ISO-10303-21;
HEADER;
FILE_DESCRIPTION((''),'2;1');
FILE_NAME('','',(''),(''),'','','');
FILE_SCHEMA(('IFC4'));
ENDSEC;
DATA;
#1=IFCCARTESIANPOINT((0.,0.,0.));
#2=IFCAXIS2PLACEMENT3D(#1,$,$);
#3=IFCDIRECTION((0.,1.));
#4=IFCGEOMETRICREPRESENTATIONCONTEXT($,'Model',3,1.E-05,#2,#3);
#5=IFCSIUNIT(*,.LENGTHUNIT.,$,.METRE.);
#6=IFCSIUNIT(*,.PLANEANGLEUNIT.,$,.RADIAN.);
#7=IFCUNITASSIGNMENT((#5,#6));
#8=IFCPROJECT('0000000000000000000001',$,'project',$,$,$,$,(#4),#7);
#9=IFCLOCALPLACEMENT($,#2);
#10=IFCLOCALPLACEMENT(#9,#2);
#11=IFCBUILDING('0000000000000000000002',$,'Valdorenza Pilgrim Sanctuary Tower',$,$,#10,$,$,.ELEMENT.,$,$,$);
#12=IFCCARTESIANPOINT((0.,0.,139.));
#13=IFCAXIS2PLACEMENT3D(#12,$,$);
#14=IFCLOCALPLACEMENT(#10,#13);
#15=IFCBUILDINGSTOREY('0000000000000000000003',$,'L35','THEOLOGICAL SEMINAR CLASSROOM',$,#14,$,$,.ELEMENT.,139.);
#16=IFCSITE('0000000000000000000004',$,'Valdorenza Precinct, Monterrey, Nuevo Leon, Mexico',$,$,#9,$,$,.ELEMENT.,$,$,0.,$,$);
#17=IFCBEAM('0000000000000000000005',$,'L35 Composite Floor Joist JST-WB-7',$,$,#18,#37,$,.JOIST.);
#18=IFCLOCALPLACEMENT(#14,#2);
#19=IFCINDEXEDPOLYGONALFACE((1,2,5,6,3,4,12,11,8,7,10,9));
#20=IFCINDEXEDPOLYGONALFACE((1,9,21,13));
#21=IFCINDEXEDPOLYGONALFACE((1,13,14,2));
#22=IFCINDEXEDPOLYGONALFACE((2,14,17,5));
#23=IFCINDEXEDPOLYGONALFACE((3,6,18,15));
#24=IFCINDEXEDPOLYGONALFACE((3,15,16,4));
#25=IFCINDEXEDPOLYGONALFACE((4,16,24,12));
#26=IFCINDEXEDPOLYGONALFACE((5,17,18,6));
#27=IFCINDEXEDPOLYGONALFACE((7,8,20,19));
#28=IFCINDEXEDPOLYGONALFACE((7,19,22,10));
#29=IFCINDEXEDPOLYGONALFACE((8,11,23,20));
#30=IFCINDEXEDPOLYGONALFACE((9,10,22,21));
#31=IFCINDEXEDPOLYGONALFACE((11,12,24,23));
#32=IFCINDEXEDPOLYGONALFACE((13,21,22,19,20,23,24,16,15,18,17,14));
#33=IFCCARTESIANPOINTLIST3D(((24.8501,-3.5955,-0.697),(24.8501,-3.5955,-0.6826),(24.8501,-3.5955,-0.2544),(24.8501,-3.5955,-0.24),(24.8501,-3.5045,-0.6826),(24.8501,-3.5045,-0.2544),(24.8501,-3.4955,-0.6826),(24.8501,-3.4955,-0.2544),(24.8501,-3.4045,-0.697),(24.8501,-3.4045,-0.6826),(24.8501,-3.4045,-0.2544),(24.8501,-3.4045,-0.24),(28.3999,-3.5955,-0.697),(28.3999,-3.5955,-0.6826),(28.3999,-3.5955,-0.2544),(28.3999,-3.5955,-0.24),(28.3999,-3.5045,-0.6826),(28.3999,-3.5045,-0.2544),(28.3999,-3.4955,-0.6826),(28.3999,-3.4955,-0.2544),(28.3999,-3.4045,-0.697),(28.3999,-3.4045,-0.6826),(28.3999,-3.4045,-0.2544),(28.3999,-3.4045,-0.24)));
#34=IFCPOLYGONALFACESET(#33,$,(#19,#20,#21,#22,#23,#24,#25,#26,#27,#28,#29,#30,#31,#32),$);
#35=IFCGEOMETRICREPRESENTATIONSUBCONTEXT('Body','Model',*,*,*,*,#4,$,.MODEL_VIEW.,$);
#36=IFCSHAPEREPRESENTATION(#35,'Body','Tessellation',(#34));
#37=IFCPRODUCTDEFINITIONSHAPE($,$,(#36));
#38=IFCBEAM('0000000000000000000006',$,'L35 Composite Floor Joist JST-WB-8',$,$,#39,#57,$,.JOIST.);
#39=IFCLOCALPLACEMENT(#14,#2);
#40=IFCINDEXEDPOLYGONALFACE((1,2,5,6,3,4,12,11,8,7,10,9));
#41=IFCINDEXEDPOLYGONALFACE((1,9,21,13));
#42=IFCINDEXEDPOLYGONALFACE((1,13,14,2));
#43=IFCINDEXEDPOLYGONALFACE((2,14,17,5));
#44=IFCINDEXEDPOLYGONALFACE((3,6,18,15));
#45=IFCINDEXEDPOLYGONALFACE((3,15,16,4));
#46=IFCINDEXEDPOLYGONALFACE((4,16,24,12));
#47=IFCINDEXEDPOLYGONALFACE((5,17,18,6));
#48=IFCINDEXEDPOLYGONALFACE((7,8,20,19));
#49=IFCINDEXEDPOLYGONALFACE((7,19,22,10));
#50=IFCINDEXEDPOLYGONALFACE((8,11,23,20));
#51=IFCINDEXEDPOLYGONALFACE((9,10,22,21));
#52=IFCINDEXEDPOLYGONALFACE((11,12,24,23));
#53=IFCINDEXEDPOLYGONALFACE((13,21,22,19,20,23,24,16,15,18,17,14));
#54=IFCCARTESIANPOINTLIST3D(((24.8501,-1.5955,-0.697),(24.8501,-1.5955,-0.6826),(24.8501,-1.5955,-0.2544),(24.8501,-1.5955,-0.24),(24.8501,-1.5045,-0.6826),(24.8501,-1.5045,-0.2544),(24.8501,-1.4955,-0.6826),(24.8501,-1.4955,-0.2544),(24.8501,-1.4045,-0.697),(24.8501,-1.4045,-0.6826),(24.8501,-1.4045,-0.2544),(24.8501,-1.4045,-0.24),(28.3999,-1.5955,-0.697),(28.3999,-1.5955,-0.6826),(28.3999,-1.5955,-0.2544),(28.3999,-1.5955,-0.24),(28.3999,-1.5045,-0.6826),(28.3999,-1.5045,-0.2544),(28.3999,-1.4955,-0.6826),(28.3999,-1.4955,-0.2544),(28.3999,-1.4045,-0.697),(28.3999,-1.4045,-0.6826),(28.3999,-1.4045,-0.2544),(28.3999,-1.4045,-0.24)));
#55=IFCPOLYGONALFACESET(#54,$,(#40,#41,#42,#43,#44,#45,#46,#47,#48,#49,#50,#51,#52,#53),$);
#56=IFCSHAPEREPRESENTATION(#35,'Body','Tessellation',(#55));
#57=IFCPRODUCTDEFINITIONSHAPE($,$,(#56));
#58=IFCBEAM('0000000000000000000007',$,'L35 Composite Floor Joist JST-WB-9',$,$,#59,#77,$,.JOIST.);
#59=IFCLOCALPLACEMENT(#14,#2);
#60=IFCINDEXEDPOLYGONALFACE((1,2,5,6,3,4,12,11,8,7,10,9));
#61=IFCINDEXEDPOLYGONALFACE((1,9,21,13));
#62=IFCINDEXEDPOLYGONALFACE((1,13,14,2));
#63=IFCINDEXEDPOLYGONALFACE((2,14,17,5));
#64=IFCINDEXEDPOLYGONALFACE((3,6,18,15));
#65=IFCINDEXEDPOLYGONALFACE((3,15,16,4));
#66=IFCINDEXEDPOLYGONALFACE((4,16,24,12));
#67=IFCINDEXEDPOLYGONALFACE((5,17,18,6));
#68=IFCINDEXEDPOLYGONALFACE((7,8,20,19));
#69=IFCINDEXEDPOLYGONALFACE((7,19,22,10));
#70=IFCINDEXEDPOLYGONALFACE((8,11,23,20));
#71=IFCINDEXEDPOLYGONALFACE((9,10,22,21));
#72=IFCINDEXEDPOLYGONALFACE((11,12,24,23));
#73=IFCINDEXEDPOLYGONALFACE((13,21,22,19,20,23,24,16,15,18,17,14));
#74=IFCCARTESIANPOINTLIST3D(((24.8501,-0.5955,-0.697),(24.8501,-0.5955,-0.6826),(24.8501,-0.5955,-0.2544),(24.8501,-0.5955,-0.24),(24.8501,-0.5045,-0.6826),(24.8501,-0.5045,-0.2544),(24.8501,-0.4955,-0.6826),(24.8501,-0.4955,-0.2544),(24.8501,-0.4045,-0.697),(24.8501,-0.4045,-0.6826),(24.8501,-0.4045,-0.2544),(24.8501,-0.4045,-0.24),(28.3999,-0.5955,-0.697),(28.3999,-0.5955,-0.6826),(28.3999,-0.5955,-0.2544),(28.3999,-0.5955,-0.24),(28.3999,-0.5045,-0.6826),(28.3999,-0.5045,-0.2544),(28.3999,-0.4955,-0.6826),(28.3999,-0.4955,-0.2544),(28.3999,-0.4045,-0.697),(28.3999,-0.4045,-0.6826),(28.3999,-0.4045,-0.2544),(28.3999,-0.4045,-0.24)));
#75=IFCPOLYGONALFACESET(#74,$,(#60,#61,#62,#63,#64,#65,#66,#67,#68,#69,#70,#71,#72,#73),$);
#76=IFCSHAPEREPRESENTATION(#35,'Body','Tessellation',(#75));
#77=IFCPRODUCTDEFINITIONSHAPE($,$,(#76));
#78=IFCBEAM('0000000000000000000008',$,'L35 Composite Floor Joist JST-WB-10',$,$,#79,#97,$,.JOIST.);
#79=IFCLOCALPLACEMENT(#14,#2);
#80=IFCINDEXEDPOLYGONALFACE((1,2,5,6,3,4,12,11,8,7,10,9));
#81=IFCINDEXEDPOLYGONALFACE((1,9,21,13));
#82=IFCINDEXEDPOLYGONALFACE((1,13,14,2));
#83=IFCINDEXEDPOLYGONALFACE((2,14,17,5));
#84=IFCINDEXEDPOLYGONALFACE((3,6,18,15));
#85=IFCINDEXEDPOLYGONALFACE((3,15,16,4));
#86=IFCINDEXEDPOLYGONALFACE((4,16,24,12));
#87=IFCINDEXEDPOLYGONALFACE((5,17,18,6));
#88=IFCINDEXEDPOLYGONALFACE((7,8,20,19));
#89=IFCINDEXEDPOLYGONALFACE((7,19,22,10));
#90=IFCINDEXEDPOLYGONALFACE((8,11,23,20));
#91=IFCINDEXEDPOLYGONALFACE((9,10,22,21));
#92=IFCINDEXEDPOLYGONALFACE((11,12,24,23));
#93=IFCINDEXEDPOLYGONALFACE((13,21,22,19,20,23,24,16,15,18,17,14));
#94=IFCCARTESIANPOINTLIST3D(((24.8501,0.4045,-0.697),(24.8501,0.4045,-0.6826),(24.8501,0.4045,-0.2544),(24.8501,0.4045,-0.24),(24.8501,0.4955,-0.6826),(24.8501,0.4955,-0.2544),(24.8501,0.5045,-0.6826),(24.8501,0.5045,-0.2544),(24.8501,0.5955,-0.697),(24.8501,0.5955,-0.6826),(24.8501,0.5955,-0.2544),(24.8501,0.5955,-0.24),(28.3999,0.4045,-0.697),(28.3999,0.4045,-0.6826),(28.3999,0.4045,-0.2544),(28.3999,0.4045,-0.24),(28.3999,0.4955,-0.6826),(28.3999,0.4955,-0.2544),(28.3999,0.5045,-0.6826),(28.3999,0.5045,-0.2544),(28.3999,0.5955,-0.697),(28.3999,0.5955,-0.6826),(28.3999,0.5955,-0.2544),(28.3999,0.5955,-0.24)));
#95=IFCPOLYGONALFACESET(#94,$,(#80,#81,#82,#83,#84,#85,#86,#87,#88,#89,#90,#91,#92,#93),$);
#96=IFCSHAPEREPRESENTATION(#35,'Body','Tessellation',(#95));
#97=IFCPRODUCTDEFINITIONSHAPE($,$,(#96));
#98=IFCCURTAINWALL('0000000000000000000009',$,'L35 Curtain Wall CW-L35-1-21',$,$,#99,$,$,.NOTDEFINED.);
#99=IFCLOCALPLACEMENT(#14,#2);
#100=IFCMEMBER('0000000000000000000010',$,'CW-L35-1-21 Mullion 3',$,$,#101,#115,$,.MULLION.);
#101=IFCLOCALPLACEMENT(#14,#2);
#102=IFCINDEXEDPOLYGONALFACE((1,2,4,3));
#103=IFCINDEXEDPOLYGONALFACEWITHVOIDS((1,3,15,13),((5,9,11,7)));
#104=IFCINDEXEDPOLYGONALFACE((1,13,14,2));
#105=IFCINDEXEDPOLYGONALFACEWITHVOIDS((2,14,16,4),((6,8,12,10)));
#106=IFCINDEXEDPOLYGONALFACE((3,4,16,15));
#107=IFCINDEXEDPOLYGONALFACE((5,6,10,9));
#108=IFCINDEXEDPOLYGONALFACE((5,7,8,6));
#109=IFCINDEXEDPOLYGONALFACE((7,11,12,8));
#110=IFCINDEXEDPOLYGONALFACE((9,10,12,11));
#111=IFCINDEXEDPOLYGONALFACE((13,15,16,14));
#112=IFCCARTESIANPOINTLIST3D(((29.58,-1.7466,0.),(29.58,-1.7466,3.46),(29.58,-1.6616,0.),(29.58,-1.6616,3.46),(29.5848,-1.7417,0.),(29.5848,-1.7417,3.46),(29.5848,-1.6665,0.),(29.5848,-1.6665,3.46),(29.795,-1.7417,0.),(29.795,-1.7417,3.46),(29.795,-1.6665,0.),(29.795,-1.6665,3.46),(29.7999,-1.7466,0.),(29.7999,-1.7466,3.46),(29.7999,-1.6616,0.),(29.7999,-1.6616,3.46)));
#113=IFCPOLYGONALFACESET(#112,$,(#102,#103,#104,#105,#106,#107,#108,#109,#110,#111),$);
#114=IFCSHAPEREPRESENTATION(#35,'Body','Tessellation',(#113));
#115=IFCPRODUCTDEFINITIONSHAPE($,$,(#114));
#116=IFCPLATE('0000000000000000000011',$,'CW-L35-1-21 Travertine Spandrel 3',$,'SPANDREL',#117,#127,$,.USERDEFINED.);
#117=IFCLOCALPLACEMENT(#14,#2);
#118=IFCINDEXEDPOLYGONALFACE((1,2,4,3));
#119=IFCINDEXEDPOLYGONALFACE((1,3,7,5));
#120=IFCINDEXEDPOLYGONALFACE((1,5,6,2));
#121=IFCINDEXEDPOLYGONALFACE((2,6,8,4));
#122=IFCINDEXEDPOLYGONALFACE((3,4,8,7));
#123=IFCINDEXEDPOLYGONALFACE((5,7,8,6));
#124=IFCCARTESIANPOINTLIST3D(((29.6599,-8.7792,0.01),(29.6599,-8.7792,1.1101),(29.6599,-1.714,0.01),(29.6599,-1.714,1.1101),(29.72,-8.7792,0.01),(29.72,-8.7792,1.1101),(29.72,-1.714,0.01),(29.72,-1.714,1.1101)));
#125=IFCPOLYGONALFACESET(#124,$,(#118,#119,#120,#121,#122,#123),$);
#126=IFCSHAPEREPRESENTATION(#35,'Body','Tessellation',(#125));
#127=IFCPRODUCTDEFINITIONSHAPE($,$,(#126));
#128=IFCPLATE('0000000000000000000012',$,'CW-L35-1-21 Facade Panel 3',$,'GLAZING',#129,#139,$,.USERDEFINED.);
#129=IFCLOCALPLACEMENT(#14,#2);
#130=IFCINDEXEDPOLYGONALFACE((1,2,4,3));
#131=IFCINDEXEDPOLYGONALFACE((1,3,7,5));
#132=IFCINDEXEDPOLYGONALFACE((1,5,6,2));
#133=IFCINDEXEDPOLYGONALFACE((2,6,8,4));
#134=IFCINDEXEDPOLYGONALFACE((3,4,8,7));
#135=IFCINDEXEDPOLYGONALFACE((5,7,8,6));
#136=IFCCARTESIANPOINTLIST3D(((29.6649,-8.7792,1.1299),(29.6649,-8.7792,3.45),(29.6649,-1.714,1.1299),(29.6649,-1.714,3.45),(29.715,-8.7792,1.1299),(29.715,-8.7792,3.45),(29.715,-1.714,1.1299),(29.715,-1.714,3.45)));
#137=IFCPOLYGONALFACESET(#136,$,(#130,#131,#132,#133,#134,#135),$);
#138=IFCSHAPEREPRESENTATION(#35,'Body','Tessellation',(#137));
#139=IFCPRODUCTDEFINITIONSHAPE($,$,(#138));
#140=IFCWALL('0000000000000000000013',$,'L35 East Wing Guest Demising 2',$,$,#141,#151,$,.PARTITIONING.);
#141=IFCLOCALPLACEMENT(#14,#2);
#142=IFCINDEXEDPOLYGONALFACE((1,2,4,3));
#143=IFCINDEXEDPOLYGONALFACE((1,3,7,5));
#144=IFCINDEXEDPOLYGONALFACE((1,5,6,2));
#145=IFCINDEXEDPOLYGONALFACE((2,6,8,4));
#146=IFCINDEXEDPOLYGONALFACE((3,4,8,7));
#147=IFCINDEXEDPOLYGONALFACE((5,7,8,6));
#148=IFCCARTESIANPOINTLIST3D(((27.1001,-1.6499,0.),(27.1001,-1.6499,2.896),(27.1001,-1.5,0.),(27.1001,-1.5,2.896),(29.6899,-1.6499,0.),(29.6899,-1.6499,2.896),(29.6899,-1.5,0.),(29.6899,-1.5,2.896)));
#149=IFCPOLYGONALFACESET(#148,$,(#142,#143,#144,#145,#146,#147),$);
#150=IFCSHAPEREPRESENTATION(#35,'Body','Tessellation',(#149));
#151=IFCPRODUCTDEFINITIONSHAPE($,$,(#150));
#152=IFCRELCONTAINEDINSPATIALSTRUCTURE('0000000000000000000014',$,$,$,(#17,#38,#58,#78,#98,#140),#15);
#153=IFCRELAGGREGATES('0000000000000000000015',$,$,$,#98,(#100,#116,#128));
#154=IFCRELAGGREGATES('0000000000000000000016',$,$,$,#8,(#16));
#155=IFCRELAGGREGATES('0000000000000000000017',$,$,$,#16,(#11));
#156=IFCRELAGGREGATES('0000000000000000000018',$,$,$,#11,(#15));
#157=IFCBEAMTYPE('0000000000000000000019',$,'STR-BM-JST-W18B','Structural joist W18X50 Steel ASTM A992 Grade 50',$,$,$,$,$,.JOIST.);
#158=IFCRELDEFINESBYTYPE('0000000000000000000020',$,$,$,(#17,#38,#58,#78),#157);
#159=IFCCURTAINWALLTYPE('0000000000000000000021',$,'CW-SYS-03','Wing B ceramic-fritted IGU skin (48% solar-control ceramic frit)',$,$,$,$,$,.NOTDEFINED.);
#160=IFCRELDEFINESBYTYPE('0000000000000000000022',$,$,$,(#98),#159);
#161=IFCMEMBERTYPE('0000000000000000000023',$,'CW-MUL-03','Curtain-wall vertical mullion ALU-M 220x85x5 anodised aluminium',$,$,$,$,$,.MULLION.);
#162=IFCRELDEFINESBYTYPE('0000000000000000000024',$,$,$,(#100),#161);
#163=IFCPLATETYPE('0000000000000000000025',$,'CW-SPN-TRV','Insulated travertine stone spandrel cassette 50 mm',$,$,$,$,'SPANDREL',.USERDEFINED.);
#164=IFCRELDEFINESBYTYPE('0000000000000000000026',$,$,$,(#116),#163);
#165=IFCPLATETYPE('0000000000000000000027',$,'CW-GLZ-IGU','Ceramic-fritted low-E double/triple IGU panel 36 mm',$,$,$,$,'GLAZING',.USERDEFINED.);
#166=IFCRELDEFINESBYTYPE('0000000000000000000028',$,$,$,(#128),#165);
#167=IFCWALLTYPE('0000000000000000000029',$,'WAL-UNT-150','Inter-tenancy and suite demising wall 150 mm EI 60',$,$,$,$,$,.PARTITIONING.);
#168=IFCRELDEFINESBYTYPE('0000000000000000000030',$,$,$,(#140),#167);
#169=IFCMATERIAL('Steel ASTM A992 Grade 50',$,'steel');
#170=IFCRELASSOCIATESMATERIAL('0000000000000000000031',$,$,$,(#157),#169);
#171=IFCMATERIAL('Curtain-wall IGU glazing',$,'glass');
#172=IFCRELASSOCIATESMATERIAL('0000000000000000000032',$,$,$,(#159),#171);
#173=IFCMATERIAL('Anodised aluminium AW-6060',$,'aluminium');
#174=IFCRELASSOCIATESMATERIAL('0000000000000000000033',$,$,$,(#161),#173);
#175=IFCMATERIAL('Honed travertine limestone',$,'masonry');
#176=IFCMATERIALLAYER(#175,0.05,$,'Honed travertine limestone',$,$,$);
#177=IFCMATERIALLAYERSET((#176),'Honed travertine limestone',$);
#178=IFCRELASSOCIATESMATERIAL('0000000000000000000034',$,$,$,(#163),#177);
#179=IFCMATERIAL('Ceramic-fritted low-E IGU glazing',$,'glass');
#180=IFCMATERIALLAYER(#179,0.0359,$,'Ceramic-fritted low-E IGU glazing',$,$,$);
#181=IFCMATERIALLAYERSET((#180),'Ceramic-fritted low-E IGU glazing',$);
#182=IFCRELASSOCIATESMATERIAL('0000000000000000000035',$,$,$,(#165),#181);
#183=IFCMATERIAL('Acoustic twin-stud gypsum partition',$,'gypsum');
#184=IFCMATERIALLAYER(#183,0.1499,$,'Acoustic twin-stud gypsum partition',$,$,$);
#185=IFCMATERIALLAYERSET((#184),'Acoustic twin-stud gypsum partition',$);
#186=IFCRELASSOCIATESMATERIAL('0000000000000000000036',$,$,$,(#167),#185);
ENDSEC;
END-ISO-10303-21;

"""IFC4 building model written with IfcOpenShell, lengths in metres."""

from ifc_helpers import new_model, si_unit, direction, frame, frame_2d, origin, origin_2d, place, context, subcontext, project, spatial, rectangle, hollow_rectangle, i_section, extrude, source, transform, mapped, material, layer, layer_set, material_profile, profile_set, type_object, element, aggregate, save


model = new_model("IFC4")

# Units and contexts
model_context = context("Model", 3, precision=1e-05, world=origin(), true_north=direction((0.0, 1.0)))
body_context = subcontext(model_context, "Body", "Model", "MODEL_VIEW")
ifc_project = project(units=[si_unit("LENGTHUNIT", "METRE"), si_unit("PLANEANGLEUNIT", "RADIAN")], contexts=[model_context])

# Site, building, storey
site_placement = place(None, origin())
site = spatial("IfcSite", under=ifc_project, at=site_placement, Name="Valdorenza Precinct, Monterrey, Nuevo Leon, Mexico", CompositionType="ELEMENT", RefElevation=0.0)
building_placement = place(site_placement, origin())
building = spatial("IfcBuilding", under=site, at=building_placement, Name="Valdorenza Pilgrim Sanctuary Tower", CompositionType="ELEMENT")
storey_placement = place(building_placement, frame((0.0, 0.0, 139.0)))
storey = spatial("IfcBuildingStorey", under=building, at=storey_placement, Name="L35", Description="THEOLOGICAL SEMINAR CLASSROOM", CompositionType="ELEMENT", Elevation=139.0)

# Shared definitions
ifc_material_1 = material(Name="Steel ASTM A992 Grade 50", Category="steel")

# Beams
ifc_material_profile_1 = material_profile(ifc_material_1, i_section(OverallWidth=0.1909, OverallDepth=0.457, WebThickness=0.009, FlangeThickness=0.0144, at=origin_2d()), Name="W18X50")
ifc_profile_set_1 = profile_set([ifc_material_profile_1], Name="Steel ASTM A992 Grade 50")
beam_type_1 = type_object("IfcBeamType", Name="STR-BM-JST-W18B", Description="Structural joist W18X50 Steel ASTM A992 Grade 50", PredefinedType="JOIST", material=ifc_profile_set_1)
shared_shape_1 = source(origin(), body_context, "Body", "SweptSolid", [
    extrude(i_section(OverallWidth=0.1909, OverallDepth=0.457, WebThickness=0.009, FlangeThickness=0.0144, at=origin_2d()), origin(), (0.0, 0.0, 1.0), 3.5498),
])
for number, where, z_axis, x_axis, name in (
    (1, (24.8501, -3.5, -0.4685), (1.0, 0.0, 0.0), (0.0, 1.0, 0.0), "L35 Composite Floor Joist JST-WB-7"),
    (2, (24.8501, -1.5, -0.4685), (1.0, 0.0, 0.0), (0.0, 1.0, 0.0), "L35 Composite Floor Joist JST-WB-8"),
    (3, (24.8501, -0.5, -0.4685), (1.0, 0.0, 0.0), (0.0, 1.0, 0.0), "L35 Composite Floor Joist JST-WB-9"),
    (4, (24.8501, 0.5, -0.4685), (1.0, 0.0, 0.0), (0.0, 1.0, 0.0), "L35 Composite Floor Joist JST-WB-10"),
):
    element("IfcBeam", number, at=place(storey_placement, frame(where, z_axis=z_axis, x_axis=x_axis)), inside=storey, type_object=beam_type_1, Name=name, PredefinedType="JOIST", context=body_context, shape_type="MappedRepresentation", body=[
        mapped(shared_shape_1, transform((0.0, 0.0, 0.0), x_axis=(1.0, 0.0, 0.0), y_axis=(0.0, 1.0, 0.0), z_axis=(0.0, 0.0, 1.0), scale=1.0)),
    ])

# Curtain wall, member, plates
ifc_material_2 = material(Name="Curtain-wall IGU glazing", Category="glass")
curtain_wall_type = type_object("IfcCurtainWallType", Name="CW-SYS-03", Description="Wing B ceramic-fritted IGU skin (48% solar-control ceramic frit)", PredefinedType="NOTDEFINED", material=ifc_material_2)
curtain_wall_placement = place(storey_placement, origin())
curtain_wall = element("IfcCurtainWall", 5, at=curtain_wall_placement, inside=storey, type_object=curtain_wall_type, Name="L35 Curtain Wall CW-L35-1-21", PredefinedType="NOTDEFINED")
ifc_material_3 = material(Name="Anodised aluminium AW-6060", Category="aluminium")
ifc_material_profile_2 = material_profile(ifc_material_3, hollow_rectangle(XDim=0.085, YDim=0.22, WallThickness=0.0049, at=origin_2d()), Name="ALU-M 220x85x5")
ifc_profile_set_2 = profile_set([ifc_material_profile_2], Name="Anodised aluminium AW-6060")
member_type = type_object("IfcMemberType", Name="CW-MUL-03", Description="Curtain-wall vertical mullion ALU-M 220x85x5 anodised aluminium", PredefinedType="MULLION", material=ifc_profile_set_2)
shared_shape_2 = source(origin(), body_context, "Body", "SweptSolid", [
    extrude(hollow_rectangle(XDim=0.085, YDim=0.22, WallThickness=0.0049, at=origin_2d()), origin(), (0.0, 0.0, 1.0), 3.46),
])
member_placement = place(storey_placement, frame((29.6899, -1.7041, 0.0), z_axis=(0.0, 0.0, 1.0), x_axis=(0.0, -1.0, 0.0)))
member = element("IfcMember", 6, at=member_placement, type_object=member_type, Name="CW-L35-1-21 Mullion 3", PredefinedType="MULLION", context=body_context, shape_type="MappedRepresentation", body=[
    mapped(shared_shape_2, transform((0.0, 0.0, 0.0), x_axis=(1.0, 0.0, 0.0), y_axis=(0.0, 1.0, 0.0), z_axis=(0.0, 0.0, 1.0), scale=1.0)),
])
ifc_material_4 = material(Name="Honed travertine limestone", Category="masonry")
ifc_layer_1 = layer(ifc_material_4, 0.05, Name="Honed travertine limestone")
ifc_layer_set_1 = layer_set([ifc_layer_1], Name="Honed travertine limestone")
plate_type_1 = type_object("IfcPlateType", Name="CW-SPN-TRV", Description="Insulated travertine stone spandrel cassette 50 mm", ElementType="SPANDREL", PredefinedType="USERDEFINED", material=ifc_layer_set_1)
shared_shape_3 = source(origin(), body_context, "Body", "SweptSolid", [
    extrude(rectangle(XDim=7.0652, YDim=0.0601, at=origin_2d()), origin(), (0.0, 0.0, 1.0), 1.1001),
])
plate_1_placement = place(storey_placement, frame((29.6899, -5.2466, 0.01), z_axis=(0.0, 0.0, 1.0), x_axis=(0.0, -1.0, 0.0)))
plate_1 = element("IfcPlate", 7, at=plate_1_placement, type_object=plate_type_1, Name="CW-L35-1-21 Travertine Spandrel 3", ObjectType="SPANDREL", PredefinedType="USERDEFINED", context=body_context, shape_type="MappedRepresentation", body=[
    mapped(shared_shape_3, transform((0.0, 0.0, 0.0), x_axis=(1.0, 0.0, 0.0), y_axis=(0.0, 1.0, 0.0), z_axis=(0.0, 0.0, 1.0), scale=1.0)),
])
ifc_material_5 = material(Name="Ceramic-fritted low-E IGU glazing", Category="glass")
ifc_layer_2 = layer(ifc_material_5, 0.0359, Name="Ceramic-fritted low-E IGU glazing")
ifc_layer_set_2 = layer_set([ifc_layer_2], Name="Ceramic-fritted low-E IGU glazing")
plate_type_2 = type_object("IfcPlateType", Name="CW-GLZ-IGU", Description="Ceramic-fritted low-E double/triple IGU panel 36 mm", ElementType="GLAZING", PredefinedType="USERDEFINED", material=ifc_layer_set_2)
shared_shape_4 = source(origin(), body_context, "Body", "SweptSolid", [
    extrude(rectangle(XDim=7.0652, YDim=0.05, at=origin_2d()), origin(), (0.0, 0.0, 1.0), 2.3201),
])
plate_2_placement = place(storey_placement, frame((29.6899, -5.2466, 1.1299), z_axis=(0.0, 0.0, 1.0), x_axis=(0.0, -1.0, 0.0)))
plate_2 = element("IfcPlate", 8, at=plate_2_placement, type_object=plate_type_2, Name="CW-L35-1-21 Facade Panel 3", ObjectType="GLAZING", PredefinedType="USERDEFINED", context=body_context, shape_type="MappedRepresentation", body=[
    mapped(shared_shape_4, transform((0.0, 0.0, 0.0), x_axis=(1.0, 0.0, 0.0), y_axis=(0.0, 1.0, 0.0), z_axis=(0.0, 0.0, 1.0), scale=1.0)),
])
aggregate(curtain_wall, [member, plate_1, plate_2])

# Wall
ifc_material_6 = material(Name="Acoustic twin-stud gypsum partition", Category="gypsum")
ifc_layer_3 = layer(ifc_material_6, 0.1499, Name="Acoustic twin-stud gypsum partition")
ifc_layer_set_3 = layer_set([ifc_layer_3], Name="Acoustic twin-stud gypsum partition")
wall_type = type_object("IfcWallType", Name="WAL-UNT-150", Description="Inter-tenancy and suite demising wall 150 mm EI 60", PredefinedType="PARTITIONING", material=ifc_layer_set_3)
wall_placement = place(storey_placement, frame((27.1001, -1.575, 0.0), z_axis=(0.0, 0.0, 1.0), x_axis=(1.0, 0.0, 0.0)))
element("IfcWall", 9, at=wall_placement, inside=storey, type_object=wall_type, Name="L35 East Wing Guest Demising 2", PredefinedType="PARTITIONING", context=body_context, shape_type="SweptSolid", body=[
    extrude(rectangle(XDim=2.5898, YDim=0.1499, at=frame_2d((1.2949, 0.0))), origin(), (0.0, 0.0, 1.0), 2.896),
])

save(model, "model.ifc")
